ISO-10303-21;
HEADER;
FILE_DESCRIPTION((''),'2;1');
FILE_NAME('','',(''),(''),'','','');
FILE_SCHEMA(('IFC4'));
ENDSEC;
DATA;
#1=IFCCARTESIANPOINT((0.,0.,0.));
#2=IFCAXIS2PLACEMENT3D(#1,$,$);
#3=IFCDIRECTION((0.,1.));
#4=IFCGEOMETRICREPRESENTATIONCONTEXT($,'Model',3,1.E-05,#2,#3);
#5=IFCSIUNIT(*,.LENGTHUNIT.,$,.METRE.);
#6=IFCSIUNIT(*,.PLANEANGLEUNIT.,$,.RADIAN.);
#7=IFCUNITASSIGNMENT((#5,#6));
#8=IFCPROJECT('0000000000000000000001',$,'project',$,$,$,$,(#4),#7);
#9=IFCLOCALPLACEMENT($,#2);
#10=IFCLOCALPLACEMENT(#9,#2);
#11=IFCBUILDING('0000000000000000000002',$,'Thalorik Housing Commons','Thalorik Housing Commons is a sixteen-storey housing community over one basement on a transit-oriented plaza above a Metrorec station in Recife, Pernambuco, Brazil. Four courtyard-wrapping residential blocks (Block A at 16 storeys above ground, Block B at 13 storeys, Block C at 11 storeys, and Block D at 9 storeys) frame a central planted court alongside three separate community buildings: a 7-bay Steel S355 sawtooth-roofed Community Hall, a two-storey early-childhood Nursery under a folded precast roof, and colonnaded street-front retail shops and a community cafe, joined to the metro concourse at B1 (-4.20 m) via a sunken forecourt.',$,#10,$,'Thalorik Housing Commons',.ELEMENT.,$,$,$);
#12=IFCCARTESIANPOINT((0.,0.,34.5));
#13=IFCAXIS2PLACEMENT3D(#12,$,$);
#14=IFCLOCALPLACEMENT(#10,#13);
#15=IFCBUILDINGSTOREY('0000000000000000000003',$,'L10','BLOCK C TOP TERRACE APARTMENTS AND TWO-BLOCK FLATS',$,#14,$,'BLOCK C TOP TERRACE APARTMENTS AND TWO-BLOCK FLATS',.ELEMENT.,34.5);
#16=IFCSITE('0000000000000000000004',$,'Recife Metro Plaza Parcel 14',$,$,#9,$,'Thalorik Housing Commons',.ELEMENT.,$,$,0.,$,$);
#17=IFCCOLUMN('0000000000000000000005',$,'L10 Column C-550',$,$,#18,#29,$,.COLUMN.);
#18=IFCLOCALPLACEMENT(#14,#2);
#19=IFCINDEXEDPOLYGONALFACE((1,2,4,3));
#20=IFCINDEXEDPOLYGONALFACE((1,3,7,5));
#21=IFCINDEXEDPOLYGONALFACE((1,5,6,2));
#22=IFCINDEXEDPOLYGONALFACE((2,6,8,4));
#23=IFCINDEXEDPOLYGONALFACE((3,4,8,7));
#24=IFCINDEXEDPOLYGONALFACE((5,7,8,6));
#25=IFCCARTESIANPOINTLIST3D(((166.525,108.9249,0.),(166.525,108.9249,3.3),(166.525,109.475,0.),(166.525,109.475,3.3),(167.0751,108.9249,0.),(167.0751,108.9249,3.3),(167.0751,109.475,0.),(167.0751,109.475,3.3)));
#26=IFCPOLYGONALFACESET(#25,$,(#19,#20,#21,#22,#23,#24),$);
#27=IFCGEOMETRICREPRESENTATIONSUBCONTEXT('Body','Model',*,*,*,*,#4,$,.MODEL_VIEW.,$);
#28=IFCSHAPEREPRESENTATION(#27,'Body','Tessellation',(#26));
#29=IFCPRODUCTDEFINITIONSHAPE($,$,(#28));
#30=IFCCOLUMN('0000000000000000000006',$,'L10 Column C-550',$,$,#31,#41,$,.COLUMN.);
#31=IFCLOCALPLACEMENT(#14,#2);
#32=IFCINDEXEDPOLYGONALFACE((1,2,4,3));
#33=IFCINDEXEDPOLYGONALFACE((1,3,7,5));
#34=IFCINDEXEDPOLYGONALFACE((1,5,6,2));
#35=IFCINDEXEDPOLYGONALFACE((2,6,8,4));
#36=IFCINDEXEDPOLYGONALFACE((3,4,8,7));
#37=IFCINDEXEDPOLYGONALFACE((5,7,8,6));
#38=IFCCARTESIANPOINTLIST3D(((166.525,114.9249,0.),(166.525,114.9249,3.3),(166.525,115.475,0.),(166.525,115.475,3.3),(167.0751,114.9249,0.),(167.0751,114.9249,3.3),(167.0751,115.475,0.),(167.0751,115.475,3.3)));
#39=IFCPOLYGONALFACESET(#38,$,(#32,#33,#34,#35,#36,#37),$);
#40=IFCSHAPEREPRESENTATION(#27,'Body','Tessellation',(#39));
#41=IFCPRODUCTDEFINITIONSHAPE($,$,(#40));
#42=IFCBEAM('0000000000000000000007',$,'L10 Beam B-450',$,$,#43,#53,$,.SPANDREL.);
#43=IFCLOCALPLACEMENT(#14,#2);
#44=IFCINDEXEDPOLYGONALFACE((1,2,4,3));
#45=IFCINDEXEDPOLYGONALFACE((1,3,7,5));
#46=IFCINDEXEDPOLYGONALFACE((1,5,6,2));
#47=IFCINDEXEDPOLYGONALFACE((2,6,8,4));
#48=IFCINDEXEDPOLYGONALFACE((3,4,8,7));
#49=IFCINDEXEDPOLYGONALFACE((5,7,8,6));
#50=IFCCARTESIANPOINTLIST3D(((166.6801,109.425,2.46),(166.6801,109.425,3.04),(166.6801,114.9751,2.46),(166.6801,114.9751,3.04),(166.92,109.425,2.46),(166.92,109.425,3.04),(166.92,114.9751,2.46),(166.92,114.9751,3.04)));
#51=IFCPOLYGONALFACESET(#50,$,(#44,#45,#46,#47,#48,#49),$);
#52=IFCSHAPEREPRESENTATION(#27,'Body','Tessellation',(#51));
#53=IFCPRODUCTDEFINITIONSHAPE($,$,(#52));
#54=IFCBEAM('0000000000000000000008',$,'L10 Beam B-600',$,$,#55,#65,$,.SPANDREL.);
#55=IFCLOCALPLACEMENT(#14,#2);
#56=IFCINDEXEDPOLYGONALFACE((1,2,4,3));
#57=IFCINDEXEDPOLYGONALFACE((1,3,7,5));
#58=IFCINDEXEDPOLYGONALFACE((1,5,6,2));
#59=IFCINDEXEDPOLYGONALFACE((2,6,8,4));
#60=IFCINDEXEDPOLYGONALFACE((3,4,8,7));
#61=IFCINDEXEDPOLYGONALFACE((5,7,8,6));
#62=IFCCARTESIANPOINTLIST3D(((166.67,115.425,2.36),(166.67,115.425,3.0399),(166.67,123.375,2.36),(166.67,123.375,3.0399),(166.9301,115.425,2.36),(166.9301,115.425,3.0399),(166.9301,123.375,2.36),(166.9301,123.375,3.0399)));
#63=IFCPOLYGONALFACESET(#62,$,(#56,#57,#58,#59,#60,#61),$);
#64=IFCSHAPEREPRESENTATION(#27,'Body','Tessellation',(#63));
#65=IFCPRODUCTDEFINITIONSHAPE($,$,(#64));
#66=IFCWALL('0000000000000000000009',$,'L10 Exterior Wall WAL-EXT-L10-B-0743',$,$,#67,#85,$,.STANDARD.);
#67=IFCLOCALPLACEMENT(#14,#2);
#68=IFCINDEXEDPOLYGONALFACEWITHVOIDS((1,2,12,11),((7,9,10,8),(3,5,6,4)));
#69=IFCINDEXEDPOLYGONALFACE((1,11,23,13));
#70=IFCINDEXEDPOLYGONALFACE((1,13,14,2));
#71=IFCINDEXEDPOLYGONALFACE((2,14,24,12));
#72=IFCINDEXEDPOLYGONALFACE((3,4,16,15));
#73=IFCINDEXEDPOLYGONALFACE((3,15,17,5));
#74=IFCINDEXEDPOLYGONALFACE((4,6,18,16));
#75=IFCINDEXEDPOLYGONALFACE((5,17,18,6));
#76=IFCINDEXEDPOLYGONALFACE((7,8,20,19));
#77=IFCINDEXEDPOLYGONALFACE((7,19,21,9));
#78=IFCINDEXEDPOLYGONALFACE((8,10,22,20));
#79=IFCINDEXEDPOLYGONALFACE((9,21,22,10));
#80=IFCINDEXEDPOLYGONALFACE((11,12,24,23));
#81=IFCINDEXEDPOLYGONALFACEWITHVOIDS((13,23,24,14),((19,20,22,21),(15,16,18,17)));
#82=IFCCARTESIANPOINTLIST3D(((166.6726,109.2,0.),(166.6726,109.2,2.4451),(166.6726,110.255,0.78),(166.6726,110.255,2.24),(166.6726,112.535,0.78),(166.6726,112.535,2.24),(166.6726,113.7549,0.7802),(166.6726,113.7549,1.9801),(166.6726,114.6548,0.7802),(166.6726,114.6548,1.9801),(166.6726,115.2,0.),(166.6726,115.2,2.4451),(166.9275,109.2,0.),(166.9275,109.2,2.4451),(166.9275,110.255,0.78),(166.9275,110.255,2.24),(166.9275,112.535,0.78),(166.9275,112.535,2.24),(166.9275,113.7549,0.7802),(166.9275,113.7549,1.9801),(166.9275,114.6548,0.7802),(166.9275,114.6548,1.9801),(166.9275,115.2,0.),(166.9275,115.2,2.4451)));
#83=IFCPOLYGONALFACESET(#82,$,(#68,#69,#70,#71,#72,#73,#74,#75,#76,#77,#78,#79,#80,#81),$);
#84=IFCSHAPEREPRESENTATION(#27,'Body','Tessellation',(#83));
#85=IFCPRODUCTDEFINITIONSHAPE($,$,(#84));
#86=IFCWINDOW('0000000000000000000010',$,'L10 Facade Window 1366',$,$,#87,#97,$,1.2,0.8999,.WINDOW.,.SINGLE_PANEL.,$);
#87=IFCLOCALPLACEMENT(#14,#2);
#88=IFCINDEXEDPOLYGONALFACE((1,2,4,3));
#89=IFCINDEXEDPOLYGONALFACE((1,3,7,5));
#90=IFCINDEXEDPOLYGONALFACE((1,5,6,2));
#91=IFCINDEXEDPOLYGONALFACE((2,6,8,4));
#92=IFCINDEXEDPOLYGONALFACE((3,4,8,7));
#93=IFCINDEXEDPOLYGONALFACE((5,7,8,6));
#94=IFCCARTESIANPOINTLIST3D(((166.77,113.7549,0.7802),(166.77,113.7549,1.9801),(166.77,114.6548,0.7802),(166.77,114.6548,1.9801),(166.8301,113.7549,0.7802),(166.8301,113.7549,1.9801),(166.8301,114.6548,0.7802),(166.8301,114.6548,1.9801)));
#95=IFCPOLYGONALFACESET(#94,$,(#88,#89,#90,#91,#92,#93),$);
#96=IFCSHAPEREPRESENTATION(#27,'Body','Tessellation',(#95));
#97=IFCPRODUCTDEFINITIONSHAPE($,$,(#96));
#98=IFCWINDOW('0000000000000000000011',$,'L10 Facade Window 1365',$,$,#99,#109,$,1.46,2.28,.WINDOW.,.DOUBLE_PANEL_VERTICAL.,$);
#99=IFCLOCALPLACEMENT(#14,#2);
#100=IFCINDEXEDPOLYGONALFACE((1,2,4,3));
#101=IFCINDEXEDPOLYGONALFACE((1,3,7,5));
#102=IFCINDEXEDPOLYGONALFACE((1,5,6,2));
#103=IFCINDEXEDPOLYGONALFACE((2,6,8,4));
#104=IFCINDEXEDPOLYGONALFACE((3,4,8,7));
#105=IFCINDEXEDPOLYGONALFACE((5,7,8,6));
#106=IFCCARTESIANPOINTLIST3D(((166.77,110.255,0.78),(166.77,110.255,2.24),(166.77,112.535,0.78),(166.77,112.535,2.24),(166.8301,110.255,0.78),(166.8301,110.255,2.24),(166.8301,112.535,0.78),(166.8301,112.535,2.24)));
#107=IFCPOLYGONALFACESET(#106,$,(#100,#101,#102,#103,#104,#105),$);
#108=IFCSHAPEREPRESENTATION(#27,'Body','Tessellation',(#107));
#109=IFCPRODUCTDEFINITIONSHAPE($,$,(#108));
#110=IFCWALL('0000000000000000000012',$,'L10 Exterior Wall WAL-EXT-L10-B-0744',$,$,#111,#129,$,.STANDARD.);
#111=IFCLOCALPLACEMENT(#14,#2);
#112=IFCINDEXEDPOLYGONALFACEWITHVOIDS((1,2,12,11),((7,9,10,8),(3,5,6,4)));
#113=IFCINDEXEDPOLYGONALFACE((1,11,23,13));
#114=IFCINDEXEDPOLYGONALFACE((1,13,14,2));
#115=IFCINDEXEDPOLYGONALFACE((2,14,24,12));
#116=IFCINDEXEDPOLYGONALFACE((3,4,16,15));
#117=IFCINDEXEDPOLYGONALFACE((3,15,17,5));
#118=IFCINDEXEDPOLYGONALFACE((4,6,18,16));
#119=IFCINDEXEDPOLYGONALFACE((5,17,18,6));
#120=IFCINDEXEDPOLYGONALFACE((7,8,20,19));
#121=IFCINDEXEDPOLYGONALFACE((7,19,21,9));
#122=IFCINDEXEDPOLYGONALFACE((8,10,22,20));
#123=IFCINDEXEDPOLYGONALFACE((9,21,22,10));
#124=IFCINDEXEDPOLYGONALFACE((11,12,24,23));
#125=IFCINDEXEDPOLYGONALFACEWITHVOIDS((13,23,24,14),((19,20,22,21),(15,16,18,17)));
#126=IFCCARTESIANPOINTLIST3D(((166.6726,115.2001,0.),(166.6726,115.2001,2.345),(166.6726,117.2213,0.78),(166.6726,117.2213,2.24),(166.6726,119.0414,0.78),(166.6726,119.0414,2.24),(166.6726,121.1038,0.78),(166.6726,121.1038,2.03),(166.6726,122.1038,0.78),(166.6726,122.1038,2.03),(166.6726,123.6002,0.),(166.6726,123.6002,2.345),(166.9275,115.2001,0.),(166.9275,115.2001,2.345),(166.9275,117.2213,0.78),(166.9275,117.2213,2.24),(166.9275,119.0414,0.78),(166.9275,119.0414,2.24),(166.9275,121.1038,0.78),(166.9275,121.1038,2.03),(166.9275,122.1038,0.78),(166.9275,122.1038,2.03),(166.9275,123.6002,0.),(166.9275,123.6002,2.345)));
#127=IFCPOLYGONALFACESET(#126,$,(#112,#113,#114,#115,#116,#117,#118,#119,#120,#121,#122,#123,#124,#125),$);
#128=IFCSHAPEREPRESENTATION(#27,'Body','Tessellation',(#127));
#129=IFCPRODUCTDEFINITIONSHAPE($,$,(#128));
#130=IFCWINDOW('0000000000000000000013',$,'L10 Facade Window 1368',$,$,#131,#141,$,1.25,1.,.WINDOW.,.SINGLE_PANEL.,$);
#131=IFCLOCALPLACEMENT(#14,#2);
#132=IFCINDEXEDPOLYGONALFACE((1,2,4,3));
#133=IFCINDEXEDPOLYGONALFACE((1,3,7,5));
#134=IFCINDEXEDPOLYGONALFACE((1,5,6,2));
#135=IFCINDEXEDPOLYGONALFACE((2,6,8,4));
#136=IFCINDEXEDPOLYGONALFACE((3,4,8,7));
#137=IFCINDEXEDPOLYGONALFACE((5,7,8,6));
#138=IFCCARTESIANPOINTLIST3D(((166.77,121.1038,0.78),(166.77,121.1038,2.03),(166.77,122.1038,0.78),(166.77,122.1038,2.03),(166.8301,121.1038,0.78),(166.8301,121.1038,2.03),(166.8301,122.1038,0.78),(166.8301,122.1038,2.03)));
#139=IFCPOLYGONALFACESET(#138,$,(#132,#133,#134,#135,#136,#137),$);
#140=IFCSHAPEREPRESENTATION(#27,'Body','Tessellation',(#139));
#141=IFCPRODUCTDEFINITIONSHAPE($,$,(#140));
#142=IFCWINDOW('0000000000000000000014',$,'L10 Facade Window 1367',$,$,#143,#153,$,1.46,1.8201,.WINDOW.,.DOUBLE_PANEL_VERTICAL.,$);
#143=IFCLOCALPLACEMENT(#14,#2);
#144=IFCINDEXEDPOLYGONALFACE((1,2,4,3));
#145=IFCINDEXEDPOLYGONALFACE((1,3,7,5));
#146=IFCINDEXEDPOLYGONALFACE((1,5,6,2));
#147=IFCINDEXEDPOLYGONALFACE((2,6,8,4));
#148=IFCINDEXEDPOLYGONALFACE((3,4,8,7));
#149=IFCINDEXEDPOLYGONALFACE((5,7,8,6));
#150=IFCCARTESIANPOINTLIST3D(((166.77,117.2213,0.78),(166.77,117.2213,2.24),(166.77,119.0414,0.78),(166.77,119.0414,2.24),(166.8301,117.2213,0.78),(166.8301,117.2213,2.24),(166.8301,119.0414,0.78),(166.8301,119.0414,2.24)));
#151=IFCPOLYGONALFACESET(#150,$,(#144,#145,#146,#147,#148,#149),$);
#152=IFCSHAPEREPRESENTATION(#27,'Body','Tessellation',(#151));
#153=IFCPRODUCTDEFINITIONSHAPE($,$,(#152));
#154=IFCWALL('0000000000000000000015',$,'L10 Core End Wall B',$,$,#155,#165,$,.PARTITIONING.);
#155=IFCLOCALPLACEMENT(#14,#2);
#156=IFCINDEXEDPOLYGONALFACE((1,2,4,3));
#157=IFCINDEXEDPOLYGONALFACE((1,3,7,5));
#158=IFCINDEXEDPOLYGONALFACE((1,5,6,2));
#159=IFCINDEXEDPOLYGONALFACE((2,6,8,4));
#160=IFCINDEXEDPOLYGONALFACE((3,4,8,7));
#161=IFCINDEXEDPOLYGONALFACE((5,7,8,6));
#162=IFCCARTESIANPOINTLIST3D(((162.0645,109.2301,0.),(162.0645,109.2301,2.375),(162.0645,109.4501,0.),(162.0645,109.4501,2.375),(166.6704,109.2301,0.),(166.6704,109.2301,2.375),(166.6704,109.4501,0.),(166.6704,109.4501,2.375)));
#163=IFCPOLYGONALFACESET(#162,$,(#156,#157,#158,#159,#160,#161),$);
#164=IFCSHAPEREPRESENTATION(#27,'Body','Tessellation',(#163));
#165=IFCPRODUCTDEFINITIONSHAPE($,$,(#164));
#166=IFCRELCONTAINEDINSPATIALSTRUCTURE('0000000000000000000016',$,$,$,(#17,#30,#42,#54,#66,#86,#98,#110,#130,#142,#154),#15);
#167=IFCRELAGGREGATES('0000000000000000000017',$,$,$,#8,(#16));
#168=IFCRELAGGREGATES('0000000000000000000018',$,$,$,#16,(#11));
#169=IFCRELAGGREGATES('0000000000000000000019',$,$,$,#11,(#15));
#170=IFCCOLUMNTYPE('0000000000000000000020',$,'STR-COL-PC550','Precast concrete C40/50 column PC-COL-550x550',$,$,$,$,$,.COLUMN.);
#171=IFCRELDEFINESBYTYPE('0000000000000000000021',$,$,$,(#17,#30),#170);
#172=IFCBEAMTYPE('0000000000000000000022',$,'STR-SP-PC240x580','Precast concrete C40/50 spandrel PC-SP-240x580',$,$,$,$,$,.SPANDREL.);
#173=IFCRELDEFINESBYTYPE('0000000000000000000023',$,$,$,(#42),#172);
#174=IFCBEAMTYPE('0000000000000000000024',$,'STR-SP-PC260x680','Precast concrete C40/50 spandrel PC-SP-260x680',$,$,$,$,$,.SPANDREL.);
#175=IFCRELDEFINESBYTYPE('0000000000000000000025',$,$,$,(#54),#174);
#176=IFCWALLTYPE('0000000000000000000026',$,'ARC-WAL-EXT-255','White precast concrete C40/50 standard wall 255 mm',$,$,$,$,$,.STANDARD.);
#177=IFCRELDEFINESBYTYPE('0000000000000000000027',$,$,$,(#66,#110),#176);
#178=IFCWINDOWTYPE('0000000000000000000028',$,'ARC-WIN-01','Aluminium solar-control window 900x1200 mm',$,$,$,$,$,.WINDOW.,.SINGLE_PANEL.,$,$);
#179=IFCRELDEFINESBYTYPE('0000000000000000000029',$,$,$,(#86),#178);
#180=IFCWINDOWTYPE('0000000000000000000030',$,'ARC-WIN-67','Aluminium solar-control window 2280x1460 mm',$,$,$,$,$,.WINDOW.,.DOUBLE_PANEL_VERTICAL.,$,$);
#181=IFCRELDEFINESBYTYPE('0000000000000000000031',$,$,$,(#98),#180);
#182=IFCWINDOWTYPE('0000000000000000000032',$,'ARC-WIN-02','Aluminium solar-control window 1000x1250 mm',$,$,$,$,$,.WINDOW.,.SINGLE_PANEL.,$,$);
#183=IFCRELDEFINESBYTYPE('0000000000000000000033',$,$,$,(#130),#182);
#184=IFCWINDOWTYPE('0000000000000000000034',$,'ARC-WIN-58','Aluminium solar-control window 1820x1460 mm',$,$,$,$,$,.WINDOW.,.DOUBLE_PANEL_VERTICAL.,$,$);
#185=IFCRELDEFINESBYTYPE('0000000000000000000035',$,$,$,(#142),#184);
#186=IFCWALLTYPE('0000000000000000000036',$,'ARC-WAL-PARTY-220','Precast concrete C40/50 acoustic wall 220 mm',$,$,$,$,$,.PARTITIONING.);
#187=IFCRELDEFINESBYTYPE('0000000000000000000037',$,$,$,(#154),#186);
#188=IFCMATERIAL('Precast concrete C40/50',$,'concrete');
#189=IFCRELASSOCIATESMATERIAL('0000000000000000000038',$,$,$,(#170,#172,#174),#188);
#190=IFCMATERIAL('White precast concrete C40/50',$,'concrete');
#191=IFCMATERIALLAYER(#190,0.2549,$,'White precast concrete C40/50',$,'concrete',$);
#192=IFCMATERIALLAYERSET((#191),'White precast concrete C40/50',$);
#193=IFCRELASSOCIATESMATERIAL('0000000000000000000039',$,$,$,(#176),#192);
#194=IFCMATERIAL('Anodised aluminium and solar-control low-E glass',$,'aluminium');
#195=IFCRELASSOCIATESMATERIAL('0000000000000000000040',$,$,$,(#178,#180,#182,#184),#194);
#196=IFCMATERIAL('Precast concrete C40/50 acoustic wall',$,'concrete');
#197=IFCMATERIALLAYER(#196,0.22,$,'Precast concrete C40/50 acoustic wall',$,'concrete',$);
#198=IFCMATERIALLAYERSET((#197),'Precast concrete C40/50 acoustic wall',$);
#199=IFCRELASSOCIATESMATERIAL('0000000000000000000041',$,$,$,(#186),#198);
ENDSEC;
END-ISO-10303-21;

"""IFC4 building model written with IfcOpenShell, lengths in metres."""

from ifc_helpers import new_model, si_unit, direction, frame, frame_2d, origin, origin_2d, place, context, subcontext, project, spatial, rectangle, extrude, material, layer, layer_set, material_profile, profile_set, type_object, element, fill, save


model = new_model("IFC4")

# Units and contexts
model_context = context("Model", 3, precision=1e-05, world=origin(), true_north=direction((0.0, 1.0)))
body_context = subcontext(model_context, "Body", "Model", "MODEL_VIEW")
ifc_project = project(units=[si_unit("LENGTHUNIT", "METRE"), si_unit("PLANEANGLEUNIT", "RADIAN")], contexts=[model_context])

# Site, building, storey
site_placement = place(None, origin())
site = spatial("IfcSite", under=ifc_project, at=site_placement, Name="Recife Metro Plaza Parcel 14", LongName="Thalorik Housing Commons", CompositionType="ELEMENT", RefElevation=0.0)
building_placement = place(site_placement, origin())
building = spatial("IfcBuilding", under=site, at=building_placement, Name="Thalorik Housing Commons", Description="Thalorik Housing Commons is a sixteen-storey housing community over one basement on a transit-oriented plaza above a Metrorec station in Recife, Pernambuco, Brazil. Four courtyard-wrapping residential blocks (Block A at 16 storeys above ground, Block B at 13 storeys, Block C at 11 storeys, and Block D at 9 storeys) frame a central planted court alongside three separate community buildings: a 7-bay Steel S355 sawtooth-roofed Community Hall, a two-storey early-childhood Nursery under a folded precast roof, and colonnaded street-front retail shops and a community cafe, joined to the metro concourse at B1 (-4.20 m) via a sunken forecourt.", LongName="Thalorik Housing Commons", CompositionType="ELEMENT")
storey_placement = place(building_placement, frame((0.0, 0.0, 34.5)))
storey = spatial("IfcBuildingStorey", under=building, at=storey_placement, Name="L10", Description="BLOCK C TOP TERRACE APARTMENTS AND TWO-BLOCK FLATS", LongName="BLOCK C TOP TERRACE APARTMENTS AND TWO-BLOCK FLATS", CompositionType="ELEMENT", Elevation=34.5)

# Columns
ifc_material_1 = material(Name="Precast concrete C40/50", Category="concrete")
ifc_material_profile_1 = material_profile(ifc_material_1, rectangle(XDim=0.55, YDim=0.55, at=origin_2d()), Name="PC 550x550", Category="concrete")
ifc_profile_set_1 = profile_set([ifc_material_profile_1], Name="Precast concrete C40/50")
column_type = type_object("IfcColumnType", Name="STR-COL-PC550", Description="Precast concrete C40/50 column PC-COL-550x550", PredefinedType="COLUMN", material=ifc_profile_set_1)
for number, where, z_axis, x_axis, name in (
    (1, (166.8, 109.2, 0.0), (0.0, 0.0, 1.0), (1.0, 0.0, 0.0), "L10 Column C-550"),
    (2, (166.8, 115.2, 0.0), (0.0, 0.0, 1.0), (1.0, 0.0, 0.0), "L10 Column C-550"),
):
    element("IfcColumn", number, at=place(storey_placement, frame(where, z_axis=z_axis, x_axis=x_axis)), inside=storey, type_object=column_type, Name=name, PredefinedType="COLUMN", context=body_context, shape_type="SweptSolid", body=[
        extrude(rectangle(XDim=0.55, YDim=0.55, at=origin_2d()), origin(), (0.0, 0.0, 1.0), 3.3),
    ])

# Beams
ifc_material_profile_2 = material_profile(ifc_material_1, rectangle(XDim=0.24, YDim=0.5801, at=origin_2d()), Name="PC SP 240x580", Category="concrete")
ifc_profile_set_2 = profile_set([ifc_material_profile_2], Name="Precast concrete C40/50")
beam_type_1 = type_object("IfcBeamType", Name="STR-SP-PC240x580", Description="Precast concrete C40/50 spandrel PC-SP-240x580", PredefinedType="SPANDREL", material=ifc_profile_set_2)
beam_1_placement = place(storey_placement, frame((166.8, 109.425, 2.75), z_axis=(0.0, 1.0, 0.0), x_axis=(-1.0, 0.0, 0.0)))
element("IfcBeam", 3, at=beam_1_placement, inside=storey, type_object=beam_type_1, Name="L10 Beam B-450", PredefinedType="SPANDREL", context=body_context, shape_type="SweptSolid", body=[
    extrude(rectangle(XDim=0.24, YDim=0.5801, at=origin_2d()), origin(), (0.0, 0.0, 1.0), 5.55),
])
ifc_material_profile_3 = material_profile(ifc_material_1, rectangle(XDim=0.26, YDim=0.6799, at=origin_2d()), Name="PC SP 260x680", Category="concrete")
ifc_profile_set_3 = profile_set([ifc_material_profile_3], Name="Precast concrete C40/50")
beam_type_2 = type_object("IfcBeamType", Name="STR-SP-PC260x680", Description="Precast concrete C40/50 spandrel PC-SP-260x680", PredefinedType="SPANDREL", material=ifc_profile_set_3)
beam_2_placement = place(storey_placement, frame((166.8, 115.425, 2.7), z_axis=(0.0, 1.0, 0.0), x_axis=(-1.0, 0.0, 0.0)))
element("IfcBeam", 4, at=beam_2_placement, inside=storey, type_object=beam_type_2, Name="L10 Beam B-600", PredefinedType="SPANDREL", context=body_context, shape_type="SweptSolid", body=[
    extrude(rectangle(XDim=0.26, YDim=0.6799, at=origin_2d()), origin(), (0.0, 0.0, 1.0), 7.95),
])

# Walls, openings, windows
ifc_material_2 = material(Name="White precast concrete C40/50", Category="concrete")
ifc_layer_1 = layer(ifc_material_2, 0.2549, Name="White precast concrete C40/50", Category="concrete")
ifc_layer_set_1 = layer_set([ifc_layer_1], Name="White precast concrete C40/50")
wall_type_1 = type_object("IfcWallType", Name="ARC-WAL-EXT-255", Description="White precast concrete C40/50 standard wall 255 mm", PredefinedType="STANDARD", material=ifc_layer_set_1)
wall_1_placement = place(storey_placement, frame((166.8, 109.2, 0.0), z_axis=(0.0, 0.0, 1.0), x_axis=(0.0, 1.0, 0.0)))
wall_1 = element("IfcWall", 5, at=wall_1_placement, inside=storey, type_object=wall_type_1, Name="L10 Exterior Wall WAL-EXT-L10-B-0743", PredefinedType="STANDARD", context=body_context, shape_type="SweptSolid", body=[
    extrude(rectangle(XDim=6.0, YDim=0.2549, at=frame_2d((3.0, 0.0))), origin(), (0.0, 0.0, 1.0), 2.4451),
])
opening_1_placement = place(wall_1_placement, frame((1.0549, 0.0, 0.78)))
opening_1 = element("IfcOpeningElement", 6, at=opening_1_placement, cuts=wall_1, PredefinedType="OPENING", context=body_context, shape_type="SweptSolid", body=[
    extrude(rectangle(XDim=2.28, YDim=1.46, at=frame_2d((1.1401, 0.73))), frame((0.0, 0.1375, 0.0), z_axis=(0.0, -1.0, 0.0), x_axis=(1.0, 0.0, 0.0)), (0.0, 0.0, 1.0), 0.2749),
])
opening_2_placement = place(wall_1_placement, frame((4.5549, 0.0, 0.78)))
opening_2 = element("IfcOpeningElement", 7, at=opening_2_placement, cuts=wall_1, PredefinedType="OPENING", context=body_context, shape_type="SweptSolid", body=[
    extrude(rectangle(XDim=0.8999, YDim=1.2, at=frame_2d((0.45, 0.6001))), frame((0.0, 0.1375, 0.0), z_axis=(0.0, -1.0, 0.0), x_axis=(1.0, 0.0, 0.0)), (0.0, 0.0, 1.0), 0.2749),
])
ifc_material_3 = material(Name="Anodised aluminium and solar-control low-E glass", Category="aluminium")
window_type_1 = type_object("IfcWindowType", Name="ARC-WIN-01", Description="Aluminium solar-control window 900x1200 mm", PartitioningType="SINGLE_PANEL", PredefinedType="WINDOW", material=ifc_material_3)
window_1_placement = place(opening_2_placement, origin())
window_1 = element("IfcWindow", 8, at=window_1_placement, inside=storey, type_object=window_type_1, Name="L10 Facade Window 1366", OverallHeight=1.2, OverallWidth=0.8999, PartitioningType="SINGLE_PANEL", PredefinedType="WINDOW", context=body_context, shape_type="SweptSolid", body=[
    extrude(rectangle(XDim=0.8999, YDim=1.2, at=frame_2d((0.45, 0.6001))), frame((0.0, 0.03, 0.0), z_axis=(0.0, -1.0, 0.0), x_axis=(1.0, 0.0, 0.0)), (0.0, 0.0, 1.0), 0.0601),
])
fill(opening_2, window_1)
window_type_2 = type_object("IfcWindowType", Name="ARC-WIN-67", Description="Aluminium solar-control window 2280x1460 mm", PartitioningType="DOUBLE_PANEL_VERTICAL", PredefinedType="WINDOW", material=ifc_material_3)
window_2_placement = place(opening_1_placement, origin())
window_2 = element("IfcWindow", 9, at=window_2_placement, inside=storey, type_object=window_type_2, Name="L10 Facade Window 1365", OverallHeight=1.46, OverallWidth=2.28, PartitioningType="DOUBLE_PANEL_VERTICAL", PredefinedType="WINDOW", context=body_context, shape_type="SweptSolid", body=[
    extrude(rectangle(XDim=2.28, YDim=1.46, at=frame_2d((1.1401, 0.73))), frame((0.0, 0.03, 0.0), z_axis=(0.0, -1.0, 0.0), x_axis=(1.0, 0.0, 0.0)), (0.0, 0.0, 1.0), 0.0601),
])
fill(opening_1, window_2)
wall_2_placement = place(storey_placement, frame((166.8, 115.2, 0.0), z_axis=(0.0, 0.0, 1.0), x_axis=(0.0, 1.0, 0.0)))
wall_2 = element("IfcWall", 10, at=wall_2_placement, inside=storey, type_object=wall_type_1, Name="L10 Exterior Wall WAL-EXT-L10-B-0744", PredefinedType="STANDARD", context=body_context, shape_type="SweptSolid", body=[
    extrude(rectangle(XDim=8.4001, YDim=0.2549, at=frame_2d((4.2002, 0.0))), origin(), (0.0, 0.0, 1.0), 2.345),
])
opening_3_placement = place(wall_2_placement, frame((2.0212, 0.0, 0.78)))
opening_3 = element("IfcOpeningElement", 11, at=opening_3_placement, cuts=wall_2, PredefinedType="OPENING", context=body_context, shape_type="SweptSolid", body=[
    extrude(rectangle(XDim=1.8201, YDim=1.46, at=frame_2d((0.9102, 0.73))), frame((0.0, 0.1375, 0.0), z_axis=(0.0, -1.0, 0.0), x_axis=(1.0, 0.0, 0.0)), (0.0, 0.0, 1.0), 0.2749),
])
opening_4_placement = place(wall_2_placement, frame((5.9038, 0.0, 0.78)))
opening_4 = element("IfcOpeningElement", 12, at=opening_4_placement, cuts=wall_2, PredefinedType="OPENING", context=body_context, shape_type="SweptSolid", body=[
    extrude(rectangle(XDim=1.0, YDim=1.25, at=frame_2d((0.5, 0.625))), frame((0.0, 0.1375, 0.0), z_axis=(0.0, -1.0, 0.0), x_axis=(1.0, 0.0, 0.0)), (0.0, 0.0, 1.0), 0.2749),
])
window_type_3 = type_object("IfcWindowType", Name="ARC-WIN-02", Description="Aluminium solar-control window 1000x1250 mm", PartitioningType="SINGLE_PANEL", PredefinedType="WINDOW", material=ifc_material_3)
window_3_placement = place(opening_4_placement, origin())
window_3 = element("IfcWindow", 13, at=window_3_placement, inside=storey, type_object=window_type_3, Name="L10 Facade Window 1368", OverallHeight=1.25, OverallWidth=1.0, PartitioningType="SINGLE_PANEL", PredefinedType="WINDOW", context=body_context, shape_type="SweptSolid", body=[
    extrude(rectangle(XDim=1.0, YDim=1.25, at=frame_2d((0.5, 0.625))), frame((0.0, 0.03, 0.0), z_axis=(0.0, -1.0, 0.0), x_axis=(1.0, 0.0, 0.0)), (0.0, 0.0, 1.0), 0.0601),
])
fill(opening_4, window_3)
window_type_4 = type_object("IfcWindowType", Name="ARC-WIN-58", Description="Aluminium solar-control window 1820x1460 mm", PartitioningType="DOUBLE_PANEL_VERTICAL", PredefinedType="WINDOW", material=ifc_material_3)
window_4_placement = place(opening_3_placement, origin())
window_4 = element("IfcWindow", 14, at=window_4_placement, inside=storey, type_object=window_type_4, Name="L10 Facade Window 1367", OverallHeight=1.46, OverallWidth=1.8201, PartitioningType="DOUBLE_PANEL_VERTICAL", PredefinedType="WINDOW", context=body_context, shape_type="SweptSolid", body=[
    extrude(rectangle(XDim=1.8201, YDim=1.46, at=frame_2d((0.9102, 0.73))), frame((0.0, 0.03, 0.0), z_axis=(0.0, -1.0, 0.0), x_axis=(1.0, 0.0, 0.0)), (0.0, 0.0, 1.0), 0.0601),
])
fill(opening_3, window_4)

# Wall
ifc_material_4 = material(Name="Precast concrete C40/50 acoustic wall", Category="concrete")
ifc_layer_2 = layer(ifc_material_4, 0.22, Name="Precast concrete C40/50 acoustic wall", Category="concrete")
ifc_layer_set_2 = layer_set([ifc_layer_2], Name="Precast concrete C40/50 acoustic wall")
wall_type_2 = type_object("IfcWallType", Name="ARC-WAL-PARTY-220", Description="Precast concrete C40/50 acoustic wall 220 mm", PredefinedType="PARTITIONING", material=ifc_layer_set_2)
wall_3_placement = place(storey_placement, frame((162.0645, 109.3401, 0.0), z_axis=(0.0, 0.0, 1.0), x_axis=(1.0, 0.0, 0.0)))
element("IfcWall", 15, at=wall_3_placement, inside=storey, type_object=wall_type_2, Name="L10 Core End Wall B", PredefinedType="PARTITIONING", context=body_context, shape_type="SweptSolid", body=[
    extrude(rectangle(XDim=4.606, YDim=0.22, at=frame_2d((2.303, 0.0))), origin(), (0.0, 0.0, 1.0), 2.375),
])

save(model, "model.ifc")
